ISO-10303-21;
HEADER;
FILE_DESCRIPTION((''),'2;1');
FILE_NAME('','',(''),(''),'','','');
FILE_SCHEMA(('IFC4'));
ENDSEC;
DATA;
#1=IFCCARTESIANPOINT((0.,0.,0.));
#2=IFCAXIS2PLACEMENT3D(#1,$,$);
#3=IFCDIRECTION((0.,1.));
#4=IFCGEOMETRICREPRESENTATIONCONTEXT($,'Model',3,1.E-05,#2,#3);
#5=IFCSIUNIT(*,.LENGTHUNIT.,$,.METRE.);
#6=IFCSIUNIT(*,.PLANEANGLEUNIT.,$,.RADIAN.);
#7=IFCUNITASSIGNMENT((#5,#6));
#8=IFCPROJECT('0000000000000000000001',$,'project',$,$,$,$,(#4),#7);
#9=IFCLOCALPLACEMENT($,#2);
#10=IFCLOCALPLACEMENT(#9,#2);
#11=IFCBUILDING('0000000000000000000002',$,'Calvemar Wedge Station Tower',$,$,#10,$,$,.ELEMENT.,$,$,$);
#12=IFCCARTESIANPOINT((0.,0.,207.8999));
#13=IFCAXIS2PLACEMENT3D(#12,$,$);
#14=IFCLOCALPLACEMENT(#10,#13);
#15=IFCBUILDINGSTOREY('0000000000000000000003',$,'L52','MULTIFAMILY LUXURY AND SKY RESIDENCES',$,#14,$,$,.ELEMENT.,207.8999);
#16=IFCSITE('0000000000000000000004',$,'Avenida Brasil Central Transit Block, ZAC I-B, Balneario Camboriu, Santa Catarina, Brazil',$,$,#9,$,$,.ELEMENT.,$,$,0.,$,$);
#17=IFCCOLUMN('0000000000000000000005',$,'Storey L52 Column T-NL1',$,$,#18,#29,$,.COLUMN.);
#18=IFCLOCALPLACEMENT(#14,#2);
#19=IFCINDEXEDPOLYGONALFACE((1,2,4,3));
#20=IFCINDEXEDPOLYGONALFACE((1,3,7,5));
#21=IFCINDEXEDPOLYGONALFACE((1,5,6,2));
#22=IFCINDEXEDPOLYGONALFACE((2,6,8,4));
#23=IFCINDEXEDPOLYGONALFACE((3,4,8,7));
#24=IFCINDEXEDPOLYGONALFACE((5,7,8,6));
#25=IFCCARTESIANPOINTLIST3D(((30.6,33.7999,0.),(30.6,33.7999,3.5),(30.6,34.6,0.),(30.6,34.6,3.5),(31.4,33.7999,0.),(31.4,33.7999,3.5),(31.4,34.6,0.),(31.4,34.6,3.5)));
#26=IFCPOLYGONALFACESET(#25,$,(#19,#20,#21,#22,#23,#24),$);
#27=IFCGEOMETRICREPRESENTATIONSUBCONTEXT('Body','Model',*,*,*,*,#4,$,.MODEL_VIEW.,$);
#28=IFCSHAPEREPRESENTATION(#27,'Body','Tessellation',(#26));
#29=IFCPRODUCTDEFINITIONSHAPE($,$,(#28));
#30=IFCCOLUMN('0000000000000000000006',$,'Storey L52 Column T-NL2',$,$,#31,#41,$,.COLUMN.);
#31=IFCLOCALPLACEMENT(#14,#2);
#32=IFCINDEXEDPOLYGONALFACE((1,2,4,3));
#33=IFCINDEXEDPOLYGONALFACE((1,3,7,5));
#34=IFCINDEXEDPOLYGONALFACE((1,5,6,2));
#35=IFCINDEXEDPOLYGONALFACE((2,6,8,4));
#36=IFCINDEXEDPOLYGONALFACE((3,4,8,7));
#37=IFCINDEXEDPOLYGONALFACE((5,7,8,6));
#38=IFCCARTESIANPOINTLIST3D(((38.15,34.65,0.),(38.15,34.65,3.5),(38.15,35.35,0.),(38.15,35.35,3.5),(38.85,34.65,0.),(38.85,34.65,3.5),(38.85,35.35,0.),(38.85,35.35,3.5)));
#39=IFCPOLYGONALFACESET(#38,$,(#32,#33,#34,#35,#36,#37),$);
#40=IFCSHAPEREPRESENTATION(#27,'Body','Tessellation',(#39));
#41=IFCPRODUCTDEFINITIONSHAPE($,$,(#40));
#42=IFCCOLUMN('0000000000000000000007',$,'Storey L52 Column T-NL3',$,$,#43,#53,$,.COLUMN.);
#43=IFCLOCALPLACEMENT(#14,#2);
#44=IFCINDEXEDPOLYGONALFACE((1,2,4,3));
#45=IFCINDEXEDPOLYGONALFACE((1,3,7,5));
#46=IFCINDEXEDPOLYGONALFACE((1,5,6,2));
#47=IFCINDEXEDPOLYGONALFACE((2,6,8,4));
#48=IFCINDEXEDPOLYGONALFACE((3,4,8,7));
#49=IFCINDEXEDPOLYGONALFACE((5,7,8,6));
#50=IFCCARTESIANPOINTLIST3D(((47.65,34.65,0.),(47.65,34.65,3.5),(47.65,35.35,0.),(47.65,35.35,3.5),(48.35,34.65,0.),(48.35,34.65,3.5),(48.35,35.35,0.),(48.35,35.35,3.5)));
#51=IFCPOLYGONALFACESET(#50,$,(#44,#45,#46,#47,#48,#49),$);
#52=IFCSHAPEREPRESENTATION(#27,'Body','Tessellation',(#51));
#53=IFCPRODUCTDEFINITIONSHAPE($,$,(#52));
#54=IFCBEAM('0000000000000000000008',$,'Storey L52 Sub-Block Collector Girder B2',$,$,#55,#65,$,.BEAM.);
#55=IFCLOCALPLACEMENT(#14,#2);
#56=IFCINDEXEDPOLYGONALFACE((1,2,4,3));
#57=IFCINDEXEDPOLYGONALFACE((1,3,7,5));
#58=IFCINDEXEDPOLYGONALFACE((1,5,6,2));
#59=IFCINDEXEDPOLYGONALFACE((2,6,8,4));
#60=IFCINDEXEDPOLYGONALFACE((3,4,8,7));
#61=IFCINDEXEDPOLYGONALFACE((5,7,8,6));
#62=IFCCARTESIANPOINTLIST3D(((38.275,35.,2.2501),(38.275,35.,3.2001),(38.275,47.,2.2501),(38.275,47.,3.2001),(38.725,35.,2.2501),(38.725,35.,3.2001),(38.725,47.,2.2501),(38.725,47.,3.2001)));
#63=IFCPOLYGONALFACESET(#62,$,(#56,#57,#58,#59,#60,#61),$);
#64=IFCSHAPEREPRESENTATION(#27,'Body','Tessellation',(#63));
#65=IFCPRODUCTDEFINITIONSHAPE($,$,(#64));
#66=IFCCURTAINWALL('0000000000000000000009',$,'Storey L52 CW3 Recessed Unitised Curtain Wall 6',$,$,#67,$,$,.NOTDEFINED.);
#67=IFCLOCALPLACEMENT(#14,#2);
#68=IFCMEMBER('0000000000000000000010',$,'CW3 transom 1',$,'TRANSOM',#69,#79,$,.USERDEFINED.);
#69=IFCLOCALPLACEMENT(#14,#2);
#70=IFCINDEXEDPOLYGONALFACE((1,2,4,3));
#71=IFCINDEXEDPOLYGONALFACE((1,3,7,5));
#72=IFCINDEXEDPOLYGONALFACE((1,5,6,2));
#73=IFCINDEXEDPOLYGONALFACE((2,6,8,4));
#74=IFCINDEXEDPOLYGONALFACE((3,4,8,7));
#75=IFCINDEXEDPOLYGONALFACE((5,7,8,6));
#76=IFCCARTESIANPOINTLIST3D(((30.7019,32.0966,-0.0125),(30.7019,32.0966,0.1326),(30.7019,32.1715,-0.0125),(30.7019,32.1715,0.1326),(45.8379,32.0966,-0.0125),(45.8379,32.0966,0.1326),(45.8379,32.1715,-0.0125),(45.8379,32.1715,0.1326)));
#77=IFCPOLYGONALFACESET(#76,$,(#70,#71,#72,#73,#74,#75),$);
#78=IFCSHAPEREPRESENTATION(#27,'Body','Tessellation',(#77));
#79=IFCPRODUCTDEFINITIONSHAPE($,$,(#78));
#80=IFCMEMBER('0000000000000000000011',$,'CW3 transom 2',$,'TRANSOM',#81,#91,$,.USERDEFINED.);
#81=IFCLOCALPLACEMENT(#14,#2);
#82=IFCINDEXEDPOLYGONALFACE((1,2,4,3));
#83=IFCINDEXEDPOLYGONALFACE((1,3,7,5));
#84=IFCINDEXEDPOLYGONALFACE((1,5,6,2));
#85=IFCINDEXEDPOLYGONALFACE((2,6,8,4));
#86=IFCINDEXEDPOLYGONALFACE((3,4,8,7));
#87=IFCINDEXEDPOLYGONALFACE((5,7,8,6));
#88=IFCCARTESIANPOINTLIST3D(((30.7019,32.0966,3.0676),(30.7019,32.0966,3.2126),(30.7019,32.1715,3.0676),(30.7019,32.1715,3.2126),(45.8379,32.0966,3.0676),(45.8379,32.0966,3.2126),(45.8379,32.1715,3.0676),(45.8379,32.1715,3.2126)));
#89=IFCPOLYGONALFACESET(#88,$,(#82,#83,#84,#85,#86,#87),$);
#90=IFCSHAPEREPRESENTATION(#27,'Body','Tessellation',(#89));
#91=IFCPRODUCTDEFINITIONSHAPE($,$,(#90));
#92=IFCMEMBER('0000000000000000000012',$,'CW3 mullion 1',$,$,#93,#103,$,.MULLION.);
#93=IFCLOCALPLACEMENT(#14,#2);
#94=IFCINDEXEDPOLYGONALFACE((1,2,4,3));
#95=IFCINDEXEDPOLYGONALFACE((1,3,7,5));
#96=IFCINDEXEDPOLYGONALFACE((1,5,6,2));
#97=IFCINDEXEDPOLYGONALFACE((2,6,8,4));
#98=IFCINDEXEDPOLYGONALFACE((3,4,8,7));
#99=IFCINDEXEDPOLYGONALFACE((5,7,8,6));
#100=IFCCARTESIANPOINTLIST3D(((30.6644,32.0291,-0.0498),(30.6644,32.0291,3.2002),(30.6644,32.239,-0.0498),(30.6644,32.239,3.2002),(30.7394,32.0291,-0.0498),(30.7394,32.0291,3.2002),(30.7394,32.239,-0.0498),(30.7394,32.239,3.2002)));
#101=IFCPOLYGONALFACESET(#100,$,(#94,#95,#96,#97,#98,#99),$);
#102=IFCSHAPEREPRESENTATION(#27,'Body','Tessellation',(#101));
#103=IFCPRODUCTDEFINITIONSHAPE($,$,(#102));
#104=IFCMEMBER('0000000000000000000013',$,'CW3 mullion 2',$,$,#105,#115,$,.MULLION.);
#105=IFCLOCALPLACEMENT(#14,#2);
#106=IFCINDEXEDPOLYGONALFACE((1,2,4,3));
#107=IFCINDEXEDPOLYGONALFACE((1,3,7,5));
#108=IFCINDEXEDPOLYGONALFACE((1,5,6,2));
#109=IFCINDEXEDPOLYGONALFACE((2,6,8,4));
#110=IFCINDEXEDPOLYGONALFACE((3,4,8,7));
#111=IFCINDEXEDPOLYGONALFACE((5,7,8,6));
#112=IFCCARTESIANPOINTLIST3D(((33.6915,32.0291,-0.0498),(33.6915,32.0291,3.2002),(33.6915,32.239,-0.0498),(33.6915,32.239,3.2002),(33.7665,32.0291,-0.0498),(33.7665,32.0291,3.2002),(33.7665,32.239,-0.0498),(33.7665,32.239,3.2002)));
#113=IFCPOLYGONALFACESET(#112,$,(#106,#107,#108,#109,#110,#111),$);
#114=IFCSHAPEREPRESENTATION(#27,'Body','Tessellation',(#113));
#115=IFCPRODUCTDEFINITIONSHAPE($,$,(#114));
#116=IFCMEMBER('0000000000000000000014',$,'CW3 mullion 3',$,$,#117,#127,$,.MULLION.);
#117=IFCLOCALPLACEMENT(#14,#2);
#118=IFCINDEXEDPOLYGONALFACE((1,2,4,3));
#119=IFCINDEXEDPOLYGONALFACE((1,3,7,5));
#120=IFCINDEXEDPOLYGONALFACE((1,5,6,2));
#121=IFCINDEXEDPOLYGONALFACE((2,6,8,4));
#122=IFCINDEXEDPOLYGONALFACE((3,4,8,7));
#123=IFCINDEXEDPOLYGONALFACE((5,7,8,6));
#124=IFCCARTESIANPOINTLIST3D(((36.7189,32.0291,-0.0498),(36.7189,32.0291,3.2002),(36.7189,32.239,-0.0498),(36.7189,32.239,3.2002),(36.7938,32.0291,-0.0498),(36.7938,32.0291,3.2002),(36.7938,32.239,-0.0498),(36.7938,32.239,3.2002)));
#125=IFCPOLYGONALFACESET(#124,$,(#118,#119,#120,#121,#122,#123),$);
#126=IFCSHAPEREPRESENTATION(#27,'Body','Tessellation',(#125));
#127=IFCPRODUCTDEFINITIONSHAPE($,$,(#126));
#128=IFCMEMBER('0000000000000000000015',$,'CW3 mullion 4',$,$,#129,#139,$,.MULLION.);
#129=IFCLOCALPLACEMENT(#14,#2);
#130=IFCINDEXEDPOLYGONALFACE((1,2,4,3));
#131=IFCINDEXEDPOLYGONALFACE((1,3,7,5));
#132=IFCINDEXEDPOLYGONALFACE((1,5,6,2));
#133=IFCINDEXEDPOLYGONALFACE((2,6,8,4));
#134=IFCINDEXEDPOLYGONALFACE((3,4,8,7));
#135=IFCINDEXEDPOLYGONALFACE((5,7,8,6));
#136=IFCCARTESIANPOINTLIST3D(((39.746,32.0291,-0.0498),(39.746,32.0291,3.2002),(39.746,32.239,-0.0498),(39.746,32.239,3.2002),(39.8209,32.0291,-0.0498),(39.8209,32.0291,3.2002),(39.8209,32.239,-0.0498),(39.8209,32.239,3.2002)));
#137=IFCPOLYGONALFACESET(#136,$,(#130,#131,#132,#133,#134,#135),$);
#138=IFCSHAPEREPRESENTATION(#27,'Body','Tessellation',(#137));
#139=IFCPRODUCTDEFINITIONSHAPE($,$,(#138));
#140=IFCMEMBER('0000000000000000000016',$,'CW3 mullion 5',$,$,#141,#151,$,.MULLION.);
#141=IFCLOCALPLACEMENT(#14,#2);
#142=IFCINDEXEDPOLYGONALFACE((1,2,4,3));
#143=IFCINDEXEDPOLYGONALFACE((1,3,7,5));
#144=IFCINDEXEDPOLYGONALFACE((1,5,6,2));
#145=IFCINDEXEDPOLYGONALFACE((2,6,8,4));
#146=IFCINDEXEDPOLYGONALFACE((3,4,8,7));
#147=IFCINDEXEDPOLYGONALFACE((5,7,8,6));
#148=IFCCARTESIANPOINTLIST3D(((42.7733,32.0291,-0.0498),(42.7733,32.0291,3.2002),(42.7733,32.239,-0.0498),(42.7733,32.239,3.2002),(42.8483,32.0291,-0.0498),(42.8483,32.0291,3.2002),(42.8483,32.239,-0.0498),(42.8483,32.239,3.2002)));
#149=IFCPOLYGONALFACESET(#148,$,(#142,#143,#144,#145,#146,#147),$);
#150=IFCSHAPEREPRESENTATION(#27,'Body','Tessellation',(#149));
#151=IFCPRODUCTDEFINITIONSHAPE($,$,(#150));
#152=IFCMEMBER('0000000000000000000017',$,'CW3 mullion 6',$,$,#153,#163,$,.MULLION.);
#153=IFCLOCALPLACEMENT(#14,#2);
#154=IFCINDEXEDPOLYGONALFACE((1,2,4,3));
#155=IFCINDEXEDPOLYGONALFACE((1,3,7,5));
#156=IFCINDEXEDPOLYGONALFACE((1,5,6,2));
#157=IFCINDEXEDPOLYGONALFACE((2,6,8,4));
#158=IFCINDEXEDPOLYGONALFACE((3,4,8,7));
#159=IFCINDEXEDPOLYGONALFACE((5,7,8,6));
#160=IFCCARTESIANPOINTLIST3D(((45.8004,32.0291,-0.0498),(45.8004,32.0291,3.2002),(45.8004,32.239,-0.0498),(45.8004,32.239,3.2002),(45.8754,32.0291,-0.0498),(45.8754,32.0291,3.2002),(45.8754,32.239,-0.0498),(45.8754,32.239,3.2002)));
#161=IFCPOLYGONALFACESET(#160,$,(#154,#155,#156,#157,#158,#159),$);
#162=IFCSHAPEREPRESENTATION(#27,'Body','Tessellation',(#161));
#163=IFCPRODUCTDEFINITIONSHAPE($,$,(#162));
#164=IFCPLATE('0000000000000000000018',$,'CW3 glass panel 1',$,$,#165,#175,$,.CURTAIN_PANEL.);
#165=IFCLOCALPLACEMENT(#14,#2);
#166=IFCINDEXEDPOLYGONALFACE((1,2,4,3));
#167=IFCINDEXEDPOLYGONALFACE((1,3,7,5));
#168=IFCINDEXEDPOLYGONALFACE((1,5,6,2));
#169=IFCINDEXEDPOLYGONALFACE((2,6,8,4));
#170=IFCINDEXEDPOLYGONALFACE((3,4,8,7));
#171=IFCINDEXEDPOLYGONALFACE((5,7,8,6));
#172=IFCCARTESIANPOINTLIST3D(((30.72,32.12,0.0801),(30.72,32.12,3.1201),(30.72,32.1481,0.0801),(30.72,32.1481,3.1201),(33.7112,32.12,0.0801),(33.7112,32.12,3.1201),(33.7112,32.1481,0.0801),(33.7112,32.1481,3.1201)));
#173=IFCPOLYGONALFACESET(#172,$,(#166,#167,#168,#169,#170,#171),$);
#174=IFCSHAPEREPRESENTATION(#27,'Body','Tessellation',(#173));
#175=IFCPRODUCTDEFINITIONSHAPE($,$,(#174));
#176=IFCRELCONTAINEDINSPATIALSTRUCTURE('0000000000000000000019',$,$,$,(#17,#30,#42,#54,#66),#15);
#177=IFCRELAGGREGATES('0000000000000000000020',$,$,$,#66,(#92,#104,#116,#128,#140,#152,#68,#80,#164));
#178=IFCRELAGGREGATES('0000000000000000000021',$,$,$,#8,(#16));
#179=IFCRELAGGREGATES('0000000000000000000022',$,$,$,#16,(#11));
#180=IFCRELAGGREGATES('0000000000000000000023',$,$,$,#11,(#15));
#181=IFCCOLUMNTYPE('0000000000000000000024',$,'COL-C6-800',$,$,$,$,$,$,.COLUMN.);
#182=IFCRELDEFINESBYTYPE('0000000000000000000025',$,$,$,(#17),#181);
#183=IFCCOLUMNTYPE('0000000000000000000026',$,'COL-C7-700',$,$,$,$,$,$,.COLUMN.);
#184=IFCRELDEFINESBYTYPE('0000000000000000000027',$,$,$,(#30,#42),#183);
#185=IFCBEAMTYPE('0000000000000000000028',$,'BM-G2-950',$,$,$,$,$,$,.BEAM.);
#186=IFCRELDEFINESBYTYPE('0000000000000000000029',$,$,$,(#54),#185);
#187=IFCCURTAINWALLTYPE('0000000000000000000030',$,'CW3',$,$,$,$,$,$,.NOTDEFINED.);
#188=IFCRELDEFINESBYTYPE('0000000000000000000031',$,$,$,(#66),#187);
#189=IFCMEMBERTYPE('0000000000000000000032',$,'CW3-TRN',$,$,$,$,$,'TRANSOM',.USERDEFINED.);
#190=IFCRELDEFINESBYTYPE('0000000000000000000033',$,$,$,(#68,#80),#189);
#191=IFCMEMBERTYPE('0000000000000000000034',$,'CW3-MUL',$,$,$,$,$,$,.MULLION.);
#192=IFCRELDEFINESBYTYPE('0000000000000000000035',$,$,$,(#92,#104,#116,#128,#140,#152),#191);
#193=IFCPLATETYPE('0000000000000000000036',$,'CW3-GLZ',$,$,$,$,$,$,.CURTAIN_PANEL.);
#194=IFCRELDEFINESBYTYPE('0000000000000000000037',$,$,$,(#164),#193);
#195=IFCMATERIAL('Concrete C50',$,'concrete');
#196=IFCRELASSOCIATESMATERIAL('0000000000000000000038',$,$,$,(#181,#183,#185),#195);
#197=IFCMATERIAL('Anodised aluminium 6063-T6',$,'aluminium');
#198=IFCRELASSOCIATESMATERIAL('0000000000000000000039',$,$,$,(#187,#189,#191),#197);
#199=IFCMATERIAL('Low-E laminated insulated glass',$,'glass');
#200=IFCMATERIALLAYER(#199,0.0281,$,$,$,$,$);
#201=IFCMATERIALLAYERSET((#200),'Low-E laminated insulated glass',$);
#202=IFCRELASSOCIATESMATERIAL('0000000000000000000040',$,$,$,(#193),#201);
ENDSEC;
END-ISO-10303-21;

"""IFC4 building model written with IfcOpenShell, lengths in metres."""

from ifc_helpers import new_model, si_unit, direction, frame, frame_2d, origin, origin_2d, place, context, subcontext, project, spatial, rectangle, extrude, source, transform, mapped, material, layer, layer_set, material_profile, profile_set, type_object, element, aggregate, save


model = new_model("IFC4")

# Units and contexts
model_context = context("Model", 3, precision=1e-05, world=origin(), true_north=direction((0.0, 1.0)))
body_context = subcontext(model_context, "Body", "Model", "MODEL_VIEW")
ifc_project = project(units=[si_unit("LENGTHUNIT", "METRE"), si_unit("PLANEANGLEUNIT", "RADIAN")], contexts=[model_context])

# Site, building, storey
site_placement = place(None, origin())
site = spatial("IfcSite", under=ifc_project, at=site_placement, Name="Avenida Brasil Central Transit Block, ZAC I-B, Balneario Camboriu, Santa Catarina, Brazil", CompositionType="ELEMENT", RefElevation=0.0)
building_placement = place(site_placement, origin())
building = spatial("IfcBuilding", under=site, at=building_placement, Name="Calvemar Wedge Station Tower", CompositionType="ELEMENT")
storey_placement = place(building_placement, frame((0.0, 0.0, 207.8999)))
storey = spatial("IfcBuildingStorey", under=building, at=storey_placement, Name="L52", Description="MULTIFAMILY LUXURY AND SKY RESIDENCES", CompositionType="ELEMENT", Elevation=207.8999)

# Columns
ifc_material_1 = material(Name="Concrete C50", Category="concrete")
ifc_material_profile_1 = material_profile(ifc_material_1, rectangle(XDim=0.8, YDim=0.8, at=origin_2d()), Name="RC800x800")
ifc_profile_set_1 = profile_set([ifc_material_profile_1], Name="Concrete C50")
column_type_1 = type_object("IfcColumnType", Name="COL-C6-800", PredefinedType="COLUMN", material=ifc_profile_set_1)
shared_shape_1 = source(origin(), body_context, "Body", "SweptSolid", [
    extrude(rectangle(XDim=0.8, YDim=0.8, at=origin_2d()), origin(), (0.0, 0.0, 1.0), 3.5),
])
column_placement = place(storey_placement, frame((31.0, 34.2, 0.0), z_axis=(0.0, 0.0, 1.0), x_axis=(1.0, 0.0, 0.0)))
element("IfcColumn", 1, at=column_placement, inside=storey, type_object=column_type_1, Name="Storey L52 Column T-NL1", PredefinedType="COLUMN", context=body_context, shape_type="MappedRepresentation", body=[
    mapped(shared_shape_1, transform((0.0, 0.0, 0.0), scale=1.0)),
])
ifc_material_profile_2 = material_profile(ifc_material_1, rectangle(XDim=0.7, YDim=0.7, at=origin_2d()), Name="RC700x700")
ifc_profile_set_2 = profile_set([ifc_material_profile_2], Name="Concrete C50")
column_type_2 = type_object("IfcColumnType", Name="COL-C7-700", PredefinedType="COLUMN", material=ifc_profile_set_2)
shared_shape_2 = source(origin(), body_context, "Body", "SweptSolid", [
    extrude(rectangle(XDim=0.7, YDim=0.7, at=origin_2d()), origin(), (0.0, 0.0, 1.0), 3.5),
])
for number, where, z_axis, x_axis, name in (
    (2, (38.5, 35.0, 0.0), (0.0, 0.0, 1.0), (1.0, 0.0, 0.0), "Storey L52 Column T-NL2"),
    (3, (48.0, 35.0, 0.0), (0.0, 0.0, 1.0), (1.0, 0.0, 0.0), "Storey L52 Column T-NL3"),
):
    element("IfcColumn", number, at=place(storey_placement, frame(where, z_axis=z_axis, x_axis=x_axis)), inside=storey, type_object=column_type_2, Name=name, PredefinedType="COLUMN", context=body_context, shape_type="MappedRepresentation", body=[
        mapped(shared_shape_2, transform((0.0, 0.0, 0.0), scale=1.0)),
    ])

# Beam
ifc_material_profile_3 = material_profile(ifc_material_1, rectangle(XDim=0.45, YDim=0.95, at=origin_2d()), Name="RC450x950")
ifc_profile_set_3 = profile_set([ifc_material_profile_3], Name="Concrete C50")
beam_type = type_object("IfcBeamType", Name="BM-G2-950", PredefinedType="BEAM", material=ifc_profile_set_3)
shared_shape_3 = source(origin(), body_context, "Body", "SweptSolid", [
    extrude(rectangle(XDim=0.45, YDim=0.95, at=origin_2d()), origin(), (0.0, 0.0, 1.0), 12.0),
])
beam_placement = place(storey_placement, frame((38.5, 35.0, 2.7251), z_axis=(0.0, 1.0, 0.0), x_axis=(-1.0, 0.0, 0.0)))
element("IfcBeam", 4, at=beam_placement, inside=storey, type_object=beam_type, Name="Storey L52 Sub-Block Collector Girder B2", PredefinedType="BEAM", context=body_context, shape_type="MappedRepresentation", body=[
    mapped(shared_shape_3, transform((0.0, 0.0, 0.0), scale=1.0)),
])

# Curtain wall, members, plate
ifc_material_2 = material(Name="Anodised aluminium 6063-T6", Category="aluminium")
curtain_wall_type = type_object("IfcCurtainWallType", Name="CW3", PredefinedType="NOTDEFINED", material=ifc_material_2)
curtain_wall_placement = place(storey_placement, origin())
curtain_wall = element("IfcCurtainWall", 5, at=curtain_wall_placement, inside=storey, type_object=curtain_wall_type, Name="Storey L52 CW3 Recessed Unitised Curtain Wall 6", PredefinedType="NOTDEFINED")
ifc_material_profile_4 = material_profile(ifc_material_2, rectangle(XDim=0.075, YDim=0.145, at=origin_2d()), Name="AL-TRN-75x145")
ifc_profile_set_4 = profile_set([ifc_material_profile_4], Name="Anodised aluminium 6063-T6")
member_type_1 = type_object("IfcMemberType", Name="CW3-TRN", ElementType="TRANSOM", PredefinedType="USERDEFINED", material=ifc_profile_set_4)
shared_shape_4 = source(origin(), body_context, "Body", "SweptSolid", [
    extrude(rectangle(XDim=0.075, YDim=0.145, at=origin_2d()), origin(), (0.0, 0.0, 1.0), 15.136),
])
member_1_placement = place(storey_placement, frame((30.7019, 32.134, 0.0601), z_axis=(1.0, 0.0, 0.0), x_axis=(0.0, 1.0, 0.0)))
member_1 = element("IfcMember", 6, at=member_1_placement, type_object=member_type_1, Name="CW3 transom 1", ObjectType="TRANSOM", PredefinedType="USERDEFINED", context=body_context, shape_type="MappedRepresentation", body=[
    mapped(shared_shape_4, transform((0.0, 0.0, 0.0), scale=1.0)),
])
member_2_placement = place(storey_placement, frame((30.7019, 32.134, 3.1401), z_axis=(1.0, 0.0, 0.0), x_axis=(0.0, 1.0, 0.0)))
member_2 = element("IfcMember", 7, at=member_2_placement, type_object=member_type_1, Name="CW3 transom 2", ObjectType="TRANSOM", PredefinedType="USERDEFINED", context=body_context, shape_type="MappedRepresentation", body=[
    mapped(shared_shape_4, transform((0.0, 0.0, 0.0), scale=1.0)),
])
ifc_material_profile_5 = material_profile(ifc_material_2, rectangle(XDim=0.075, YDim=0.21, at=origin_2d()), Name="AL-MUL-75x210")
ifc_profile_set_5 = profile_set([ifc_material_profile_5], Name="Anodised aluminium 6063-T6")
member_type_2 = type_object("IfcMemberType", Name="CW3-MUL", PredefinedType="MULLION", material=ifc_profile_set_5)
shared_shape_5 = source(origin(), body_context, "Body", "SweptSolid", [
    extrude(rectangle(XDim=0.075, YDim=0.21, at=origin_2d()), origin(), (0.0, 0.0, 1.0), 3.25),
])
member_3_placement = place(storey_placement, frame((30.7019, 32.134, -0.0498), z_axis=(0.0, 0.0, 1.0), x_axis=(1.0, 0.0, 0.0)))
member_3 = element("IfcMember", 8, at=member_3_placement, type_object=member_type_2, Name="CW3 mullion 1", PredefinedType="MULLION", context=body_context, shape_type="MappedRepresentation", body=[
    mapped(shared_shape_5, transform((0.0, 0.0, 0.0), scale=1.0)),
])
member_4_placement = place(storey_placement, frame((33.729, 32.134, -0.0498), z_axis=(0.0, 0.0, 1.0), x_axis=(1.0, 0.0, 0.0)))
member_4 = element("IfcMember", 9, at=member_4_placement, type_object=member_type_2, Name="CW3 mullion 2", PredefinedType="MULLION", context=body_context, shape_type="MappedRepresentation", body=[
    mapped(shared_shape_5, transform((0.0, 0.0, 0.0), scale=1.0)),
])
member_5_placement = place(storey_placement, frame((36.7563, 32.134, -0.0498), z_axis=(0.0, 0.0, 1.0), x_axis=(1.0, 0.0, 0.0)))
member_5 = element("IfcMember", 10, at=member_5_placement, type_object=member_type_2, Name="CW3 mullion 3", PredefinedType="MULLION", context=body_context, shape_type="MappedRepresentation", body=[
    mapped(shared_shape_5, transform((0.0, 0.0, 0.0), scale=1.0)),
])
member_6_placement = place(storey_placement, frame((39.7834, 32.134, -0.0498), z_axis=(0.0, 0.0, 1.0), x_axis=(1.0, 0.0, 0.0)))
member_6 = element("IfcMember", 11, at=member_6_placement, type_object=member_type_2, Name="CW3 mullion 4", PredefinedType="MULLION", context=body_context, shape_type="MappedRepresentation", body=[
    mapped(shared_shape_5, transform((0.0, 0.0, 0.0), scale=1.0)),
])
member_7_placement = place(storey_placement, frame((42.8108, 32.134, -0.0498), z_axis=(0.0, 0.0, 1.0), x_axis=(1.0, 0.0, 0.0)))
member_7 = element("IfcMember", 12, at=member_7_placement, type_object=member_type_2, Name="CW3 mullion 5", PredefinedType="MULLION", context=body_context, shape_type="MappedRepresentation", body=[
    mapped(shared_shape_5, transform((0.0, 0.0, 0.0), scale=1.0)),
])
member_8_placement = place(storey_placement, frame((45.8379, 32.134, -0.0498), z_axis=(0.0, 0.0, 1.0), x_axis=(1.0, 0.0, 0.0)))
member_8 = element("IfcMember", 13, at=member_8_placement, type_object=member_type_2, Name="CW3 mullion 6", PredefinedType="MULLION", context=body_context, shape_type="MappedRepresentation", body=[
    mapped(shared_shape_5, transform((0.0, 0.0, 0.0), scale=1.0)),
])
ifc_material_3 = material(Name="Low-E laminated insulated glass", Category="glass")
ifc_layer_1 = layer(ifc_material_3, 0.0281)
ifc_layer_set_1 = layer_set([ifc_layer_1], Name="Low-E laminated insulated glass")
plate_type = type_object("IfcPlateType", Name="CW3-GLZ", PredefinedType="CURTAIN_PANEL", material=ifc_layer_set_1)
plate_1_placement = place(storey_placement, frame((30.72, 32.134, 0.0801), z_axis=(0.0, 0.0, 1.0), x_axis=(1.0, 0.0, 0.0)))
plate_1 = element("IfcPlate", 14, at=plate_1_placement, type_object=plate_type, Name="CW3 glass panel 1", PredefinedType="CURTAIN_PANEL", context=body_context, shape_type="SweptSolid", body=[
    extrude(rectangle(XDim=2.9912, YDim=0.0281, at=frame_2d((1.4956, 0.0))), origin(), (0.0, 0.0, 1.0), 3.04),
])
aggregate(curtain_wall, [member_3, member_4, member_5, member_6, member_7, member_8, member_1, member_2, plate_1])

save(model, "model.ifc")
